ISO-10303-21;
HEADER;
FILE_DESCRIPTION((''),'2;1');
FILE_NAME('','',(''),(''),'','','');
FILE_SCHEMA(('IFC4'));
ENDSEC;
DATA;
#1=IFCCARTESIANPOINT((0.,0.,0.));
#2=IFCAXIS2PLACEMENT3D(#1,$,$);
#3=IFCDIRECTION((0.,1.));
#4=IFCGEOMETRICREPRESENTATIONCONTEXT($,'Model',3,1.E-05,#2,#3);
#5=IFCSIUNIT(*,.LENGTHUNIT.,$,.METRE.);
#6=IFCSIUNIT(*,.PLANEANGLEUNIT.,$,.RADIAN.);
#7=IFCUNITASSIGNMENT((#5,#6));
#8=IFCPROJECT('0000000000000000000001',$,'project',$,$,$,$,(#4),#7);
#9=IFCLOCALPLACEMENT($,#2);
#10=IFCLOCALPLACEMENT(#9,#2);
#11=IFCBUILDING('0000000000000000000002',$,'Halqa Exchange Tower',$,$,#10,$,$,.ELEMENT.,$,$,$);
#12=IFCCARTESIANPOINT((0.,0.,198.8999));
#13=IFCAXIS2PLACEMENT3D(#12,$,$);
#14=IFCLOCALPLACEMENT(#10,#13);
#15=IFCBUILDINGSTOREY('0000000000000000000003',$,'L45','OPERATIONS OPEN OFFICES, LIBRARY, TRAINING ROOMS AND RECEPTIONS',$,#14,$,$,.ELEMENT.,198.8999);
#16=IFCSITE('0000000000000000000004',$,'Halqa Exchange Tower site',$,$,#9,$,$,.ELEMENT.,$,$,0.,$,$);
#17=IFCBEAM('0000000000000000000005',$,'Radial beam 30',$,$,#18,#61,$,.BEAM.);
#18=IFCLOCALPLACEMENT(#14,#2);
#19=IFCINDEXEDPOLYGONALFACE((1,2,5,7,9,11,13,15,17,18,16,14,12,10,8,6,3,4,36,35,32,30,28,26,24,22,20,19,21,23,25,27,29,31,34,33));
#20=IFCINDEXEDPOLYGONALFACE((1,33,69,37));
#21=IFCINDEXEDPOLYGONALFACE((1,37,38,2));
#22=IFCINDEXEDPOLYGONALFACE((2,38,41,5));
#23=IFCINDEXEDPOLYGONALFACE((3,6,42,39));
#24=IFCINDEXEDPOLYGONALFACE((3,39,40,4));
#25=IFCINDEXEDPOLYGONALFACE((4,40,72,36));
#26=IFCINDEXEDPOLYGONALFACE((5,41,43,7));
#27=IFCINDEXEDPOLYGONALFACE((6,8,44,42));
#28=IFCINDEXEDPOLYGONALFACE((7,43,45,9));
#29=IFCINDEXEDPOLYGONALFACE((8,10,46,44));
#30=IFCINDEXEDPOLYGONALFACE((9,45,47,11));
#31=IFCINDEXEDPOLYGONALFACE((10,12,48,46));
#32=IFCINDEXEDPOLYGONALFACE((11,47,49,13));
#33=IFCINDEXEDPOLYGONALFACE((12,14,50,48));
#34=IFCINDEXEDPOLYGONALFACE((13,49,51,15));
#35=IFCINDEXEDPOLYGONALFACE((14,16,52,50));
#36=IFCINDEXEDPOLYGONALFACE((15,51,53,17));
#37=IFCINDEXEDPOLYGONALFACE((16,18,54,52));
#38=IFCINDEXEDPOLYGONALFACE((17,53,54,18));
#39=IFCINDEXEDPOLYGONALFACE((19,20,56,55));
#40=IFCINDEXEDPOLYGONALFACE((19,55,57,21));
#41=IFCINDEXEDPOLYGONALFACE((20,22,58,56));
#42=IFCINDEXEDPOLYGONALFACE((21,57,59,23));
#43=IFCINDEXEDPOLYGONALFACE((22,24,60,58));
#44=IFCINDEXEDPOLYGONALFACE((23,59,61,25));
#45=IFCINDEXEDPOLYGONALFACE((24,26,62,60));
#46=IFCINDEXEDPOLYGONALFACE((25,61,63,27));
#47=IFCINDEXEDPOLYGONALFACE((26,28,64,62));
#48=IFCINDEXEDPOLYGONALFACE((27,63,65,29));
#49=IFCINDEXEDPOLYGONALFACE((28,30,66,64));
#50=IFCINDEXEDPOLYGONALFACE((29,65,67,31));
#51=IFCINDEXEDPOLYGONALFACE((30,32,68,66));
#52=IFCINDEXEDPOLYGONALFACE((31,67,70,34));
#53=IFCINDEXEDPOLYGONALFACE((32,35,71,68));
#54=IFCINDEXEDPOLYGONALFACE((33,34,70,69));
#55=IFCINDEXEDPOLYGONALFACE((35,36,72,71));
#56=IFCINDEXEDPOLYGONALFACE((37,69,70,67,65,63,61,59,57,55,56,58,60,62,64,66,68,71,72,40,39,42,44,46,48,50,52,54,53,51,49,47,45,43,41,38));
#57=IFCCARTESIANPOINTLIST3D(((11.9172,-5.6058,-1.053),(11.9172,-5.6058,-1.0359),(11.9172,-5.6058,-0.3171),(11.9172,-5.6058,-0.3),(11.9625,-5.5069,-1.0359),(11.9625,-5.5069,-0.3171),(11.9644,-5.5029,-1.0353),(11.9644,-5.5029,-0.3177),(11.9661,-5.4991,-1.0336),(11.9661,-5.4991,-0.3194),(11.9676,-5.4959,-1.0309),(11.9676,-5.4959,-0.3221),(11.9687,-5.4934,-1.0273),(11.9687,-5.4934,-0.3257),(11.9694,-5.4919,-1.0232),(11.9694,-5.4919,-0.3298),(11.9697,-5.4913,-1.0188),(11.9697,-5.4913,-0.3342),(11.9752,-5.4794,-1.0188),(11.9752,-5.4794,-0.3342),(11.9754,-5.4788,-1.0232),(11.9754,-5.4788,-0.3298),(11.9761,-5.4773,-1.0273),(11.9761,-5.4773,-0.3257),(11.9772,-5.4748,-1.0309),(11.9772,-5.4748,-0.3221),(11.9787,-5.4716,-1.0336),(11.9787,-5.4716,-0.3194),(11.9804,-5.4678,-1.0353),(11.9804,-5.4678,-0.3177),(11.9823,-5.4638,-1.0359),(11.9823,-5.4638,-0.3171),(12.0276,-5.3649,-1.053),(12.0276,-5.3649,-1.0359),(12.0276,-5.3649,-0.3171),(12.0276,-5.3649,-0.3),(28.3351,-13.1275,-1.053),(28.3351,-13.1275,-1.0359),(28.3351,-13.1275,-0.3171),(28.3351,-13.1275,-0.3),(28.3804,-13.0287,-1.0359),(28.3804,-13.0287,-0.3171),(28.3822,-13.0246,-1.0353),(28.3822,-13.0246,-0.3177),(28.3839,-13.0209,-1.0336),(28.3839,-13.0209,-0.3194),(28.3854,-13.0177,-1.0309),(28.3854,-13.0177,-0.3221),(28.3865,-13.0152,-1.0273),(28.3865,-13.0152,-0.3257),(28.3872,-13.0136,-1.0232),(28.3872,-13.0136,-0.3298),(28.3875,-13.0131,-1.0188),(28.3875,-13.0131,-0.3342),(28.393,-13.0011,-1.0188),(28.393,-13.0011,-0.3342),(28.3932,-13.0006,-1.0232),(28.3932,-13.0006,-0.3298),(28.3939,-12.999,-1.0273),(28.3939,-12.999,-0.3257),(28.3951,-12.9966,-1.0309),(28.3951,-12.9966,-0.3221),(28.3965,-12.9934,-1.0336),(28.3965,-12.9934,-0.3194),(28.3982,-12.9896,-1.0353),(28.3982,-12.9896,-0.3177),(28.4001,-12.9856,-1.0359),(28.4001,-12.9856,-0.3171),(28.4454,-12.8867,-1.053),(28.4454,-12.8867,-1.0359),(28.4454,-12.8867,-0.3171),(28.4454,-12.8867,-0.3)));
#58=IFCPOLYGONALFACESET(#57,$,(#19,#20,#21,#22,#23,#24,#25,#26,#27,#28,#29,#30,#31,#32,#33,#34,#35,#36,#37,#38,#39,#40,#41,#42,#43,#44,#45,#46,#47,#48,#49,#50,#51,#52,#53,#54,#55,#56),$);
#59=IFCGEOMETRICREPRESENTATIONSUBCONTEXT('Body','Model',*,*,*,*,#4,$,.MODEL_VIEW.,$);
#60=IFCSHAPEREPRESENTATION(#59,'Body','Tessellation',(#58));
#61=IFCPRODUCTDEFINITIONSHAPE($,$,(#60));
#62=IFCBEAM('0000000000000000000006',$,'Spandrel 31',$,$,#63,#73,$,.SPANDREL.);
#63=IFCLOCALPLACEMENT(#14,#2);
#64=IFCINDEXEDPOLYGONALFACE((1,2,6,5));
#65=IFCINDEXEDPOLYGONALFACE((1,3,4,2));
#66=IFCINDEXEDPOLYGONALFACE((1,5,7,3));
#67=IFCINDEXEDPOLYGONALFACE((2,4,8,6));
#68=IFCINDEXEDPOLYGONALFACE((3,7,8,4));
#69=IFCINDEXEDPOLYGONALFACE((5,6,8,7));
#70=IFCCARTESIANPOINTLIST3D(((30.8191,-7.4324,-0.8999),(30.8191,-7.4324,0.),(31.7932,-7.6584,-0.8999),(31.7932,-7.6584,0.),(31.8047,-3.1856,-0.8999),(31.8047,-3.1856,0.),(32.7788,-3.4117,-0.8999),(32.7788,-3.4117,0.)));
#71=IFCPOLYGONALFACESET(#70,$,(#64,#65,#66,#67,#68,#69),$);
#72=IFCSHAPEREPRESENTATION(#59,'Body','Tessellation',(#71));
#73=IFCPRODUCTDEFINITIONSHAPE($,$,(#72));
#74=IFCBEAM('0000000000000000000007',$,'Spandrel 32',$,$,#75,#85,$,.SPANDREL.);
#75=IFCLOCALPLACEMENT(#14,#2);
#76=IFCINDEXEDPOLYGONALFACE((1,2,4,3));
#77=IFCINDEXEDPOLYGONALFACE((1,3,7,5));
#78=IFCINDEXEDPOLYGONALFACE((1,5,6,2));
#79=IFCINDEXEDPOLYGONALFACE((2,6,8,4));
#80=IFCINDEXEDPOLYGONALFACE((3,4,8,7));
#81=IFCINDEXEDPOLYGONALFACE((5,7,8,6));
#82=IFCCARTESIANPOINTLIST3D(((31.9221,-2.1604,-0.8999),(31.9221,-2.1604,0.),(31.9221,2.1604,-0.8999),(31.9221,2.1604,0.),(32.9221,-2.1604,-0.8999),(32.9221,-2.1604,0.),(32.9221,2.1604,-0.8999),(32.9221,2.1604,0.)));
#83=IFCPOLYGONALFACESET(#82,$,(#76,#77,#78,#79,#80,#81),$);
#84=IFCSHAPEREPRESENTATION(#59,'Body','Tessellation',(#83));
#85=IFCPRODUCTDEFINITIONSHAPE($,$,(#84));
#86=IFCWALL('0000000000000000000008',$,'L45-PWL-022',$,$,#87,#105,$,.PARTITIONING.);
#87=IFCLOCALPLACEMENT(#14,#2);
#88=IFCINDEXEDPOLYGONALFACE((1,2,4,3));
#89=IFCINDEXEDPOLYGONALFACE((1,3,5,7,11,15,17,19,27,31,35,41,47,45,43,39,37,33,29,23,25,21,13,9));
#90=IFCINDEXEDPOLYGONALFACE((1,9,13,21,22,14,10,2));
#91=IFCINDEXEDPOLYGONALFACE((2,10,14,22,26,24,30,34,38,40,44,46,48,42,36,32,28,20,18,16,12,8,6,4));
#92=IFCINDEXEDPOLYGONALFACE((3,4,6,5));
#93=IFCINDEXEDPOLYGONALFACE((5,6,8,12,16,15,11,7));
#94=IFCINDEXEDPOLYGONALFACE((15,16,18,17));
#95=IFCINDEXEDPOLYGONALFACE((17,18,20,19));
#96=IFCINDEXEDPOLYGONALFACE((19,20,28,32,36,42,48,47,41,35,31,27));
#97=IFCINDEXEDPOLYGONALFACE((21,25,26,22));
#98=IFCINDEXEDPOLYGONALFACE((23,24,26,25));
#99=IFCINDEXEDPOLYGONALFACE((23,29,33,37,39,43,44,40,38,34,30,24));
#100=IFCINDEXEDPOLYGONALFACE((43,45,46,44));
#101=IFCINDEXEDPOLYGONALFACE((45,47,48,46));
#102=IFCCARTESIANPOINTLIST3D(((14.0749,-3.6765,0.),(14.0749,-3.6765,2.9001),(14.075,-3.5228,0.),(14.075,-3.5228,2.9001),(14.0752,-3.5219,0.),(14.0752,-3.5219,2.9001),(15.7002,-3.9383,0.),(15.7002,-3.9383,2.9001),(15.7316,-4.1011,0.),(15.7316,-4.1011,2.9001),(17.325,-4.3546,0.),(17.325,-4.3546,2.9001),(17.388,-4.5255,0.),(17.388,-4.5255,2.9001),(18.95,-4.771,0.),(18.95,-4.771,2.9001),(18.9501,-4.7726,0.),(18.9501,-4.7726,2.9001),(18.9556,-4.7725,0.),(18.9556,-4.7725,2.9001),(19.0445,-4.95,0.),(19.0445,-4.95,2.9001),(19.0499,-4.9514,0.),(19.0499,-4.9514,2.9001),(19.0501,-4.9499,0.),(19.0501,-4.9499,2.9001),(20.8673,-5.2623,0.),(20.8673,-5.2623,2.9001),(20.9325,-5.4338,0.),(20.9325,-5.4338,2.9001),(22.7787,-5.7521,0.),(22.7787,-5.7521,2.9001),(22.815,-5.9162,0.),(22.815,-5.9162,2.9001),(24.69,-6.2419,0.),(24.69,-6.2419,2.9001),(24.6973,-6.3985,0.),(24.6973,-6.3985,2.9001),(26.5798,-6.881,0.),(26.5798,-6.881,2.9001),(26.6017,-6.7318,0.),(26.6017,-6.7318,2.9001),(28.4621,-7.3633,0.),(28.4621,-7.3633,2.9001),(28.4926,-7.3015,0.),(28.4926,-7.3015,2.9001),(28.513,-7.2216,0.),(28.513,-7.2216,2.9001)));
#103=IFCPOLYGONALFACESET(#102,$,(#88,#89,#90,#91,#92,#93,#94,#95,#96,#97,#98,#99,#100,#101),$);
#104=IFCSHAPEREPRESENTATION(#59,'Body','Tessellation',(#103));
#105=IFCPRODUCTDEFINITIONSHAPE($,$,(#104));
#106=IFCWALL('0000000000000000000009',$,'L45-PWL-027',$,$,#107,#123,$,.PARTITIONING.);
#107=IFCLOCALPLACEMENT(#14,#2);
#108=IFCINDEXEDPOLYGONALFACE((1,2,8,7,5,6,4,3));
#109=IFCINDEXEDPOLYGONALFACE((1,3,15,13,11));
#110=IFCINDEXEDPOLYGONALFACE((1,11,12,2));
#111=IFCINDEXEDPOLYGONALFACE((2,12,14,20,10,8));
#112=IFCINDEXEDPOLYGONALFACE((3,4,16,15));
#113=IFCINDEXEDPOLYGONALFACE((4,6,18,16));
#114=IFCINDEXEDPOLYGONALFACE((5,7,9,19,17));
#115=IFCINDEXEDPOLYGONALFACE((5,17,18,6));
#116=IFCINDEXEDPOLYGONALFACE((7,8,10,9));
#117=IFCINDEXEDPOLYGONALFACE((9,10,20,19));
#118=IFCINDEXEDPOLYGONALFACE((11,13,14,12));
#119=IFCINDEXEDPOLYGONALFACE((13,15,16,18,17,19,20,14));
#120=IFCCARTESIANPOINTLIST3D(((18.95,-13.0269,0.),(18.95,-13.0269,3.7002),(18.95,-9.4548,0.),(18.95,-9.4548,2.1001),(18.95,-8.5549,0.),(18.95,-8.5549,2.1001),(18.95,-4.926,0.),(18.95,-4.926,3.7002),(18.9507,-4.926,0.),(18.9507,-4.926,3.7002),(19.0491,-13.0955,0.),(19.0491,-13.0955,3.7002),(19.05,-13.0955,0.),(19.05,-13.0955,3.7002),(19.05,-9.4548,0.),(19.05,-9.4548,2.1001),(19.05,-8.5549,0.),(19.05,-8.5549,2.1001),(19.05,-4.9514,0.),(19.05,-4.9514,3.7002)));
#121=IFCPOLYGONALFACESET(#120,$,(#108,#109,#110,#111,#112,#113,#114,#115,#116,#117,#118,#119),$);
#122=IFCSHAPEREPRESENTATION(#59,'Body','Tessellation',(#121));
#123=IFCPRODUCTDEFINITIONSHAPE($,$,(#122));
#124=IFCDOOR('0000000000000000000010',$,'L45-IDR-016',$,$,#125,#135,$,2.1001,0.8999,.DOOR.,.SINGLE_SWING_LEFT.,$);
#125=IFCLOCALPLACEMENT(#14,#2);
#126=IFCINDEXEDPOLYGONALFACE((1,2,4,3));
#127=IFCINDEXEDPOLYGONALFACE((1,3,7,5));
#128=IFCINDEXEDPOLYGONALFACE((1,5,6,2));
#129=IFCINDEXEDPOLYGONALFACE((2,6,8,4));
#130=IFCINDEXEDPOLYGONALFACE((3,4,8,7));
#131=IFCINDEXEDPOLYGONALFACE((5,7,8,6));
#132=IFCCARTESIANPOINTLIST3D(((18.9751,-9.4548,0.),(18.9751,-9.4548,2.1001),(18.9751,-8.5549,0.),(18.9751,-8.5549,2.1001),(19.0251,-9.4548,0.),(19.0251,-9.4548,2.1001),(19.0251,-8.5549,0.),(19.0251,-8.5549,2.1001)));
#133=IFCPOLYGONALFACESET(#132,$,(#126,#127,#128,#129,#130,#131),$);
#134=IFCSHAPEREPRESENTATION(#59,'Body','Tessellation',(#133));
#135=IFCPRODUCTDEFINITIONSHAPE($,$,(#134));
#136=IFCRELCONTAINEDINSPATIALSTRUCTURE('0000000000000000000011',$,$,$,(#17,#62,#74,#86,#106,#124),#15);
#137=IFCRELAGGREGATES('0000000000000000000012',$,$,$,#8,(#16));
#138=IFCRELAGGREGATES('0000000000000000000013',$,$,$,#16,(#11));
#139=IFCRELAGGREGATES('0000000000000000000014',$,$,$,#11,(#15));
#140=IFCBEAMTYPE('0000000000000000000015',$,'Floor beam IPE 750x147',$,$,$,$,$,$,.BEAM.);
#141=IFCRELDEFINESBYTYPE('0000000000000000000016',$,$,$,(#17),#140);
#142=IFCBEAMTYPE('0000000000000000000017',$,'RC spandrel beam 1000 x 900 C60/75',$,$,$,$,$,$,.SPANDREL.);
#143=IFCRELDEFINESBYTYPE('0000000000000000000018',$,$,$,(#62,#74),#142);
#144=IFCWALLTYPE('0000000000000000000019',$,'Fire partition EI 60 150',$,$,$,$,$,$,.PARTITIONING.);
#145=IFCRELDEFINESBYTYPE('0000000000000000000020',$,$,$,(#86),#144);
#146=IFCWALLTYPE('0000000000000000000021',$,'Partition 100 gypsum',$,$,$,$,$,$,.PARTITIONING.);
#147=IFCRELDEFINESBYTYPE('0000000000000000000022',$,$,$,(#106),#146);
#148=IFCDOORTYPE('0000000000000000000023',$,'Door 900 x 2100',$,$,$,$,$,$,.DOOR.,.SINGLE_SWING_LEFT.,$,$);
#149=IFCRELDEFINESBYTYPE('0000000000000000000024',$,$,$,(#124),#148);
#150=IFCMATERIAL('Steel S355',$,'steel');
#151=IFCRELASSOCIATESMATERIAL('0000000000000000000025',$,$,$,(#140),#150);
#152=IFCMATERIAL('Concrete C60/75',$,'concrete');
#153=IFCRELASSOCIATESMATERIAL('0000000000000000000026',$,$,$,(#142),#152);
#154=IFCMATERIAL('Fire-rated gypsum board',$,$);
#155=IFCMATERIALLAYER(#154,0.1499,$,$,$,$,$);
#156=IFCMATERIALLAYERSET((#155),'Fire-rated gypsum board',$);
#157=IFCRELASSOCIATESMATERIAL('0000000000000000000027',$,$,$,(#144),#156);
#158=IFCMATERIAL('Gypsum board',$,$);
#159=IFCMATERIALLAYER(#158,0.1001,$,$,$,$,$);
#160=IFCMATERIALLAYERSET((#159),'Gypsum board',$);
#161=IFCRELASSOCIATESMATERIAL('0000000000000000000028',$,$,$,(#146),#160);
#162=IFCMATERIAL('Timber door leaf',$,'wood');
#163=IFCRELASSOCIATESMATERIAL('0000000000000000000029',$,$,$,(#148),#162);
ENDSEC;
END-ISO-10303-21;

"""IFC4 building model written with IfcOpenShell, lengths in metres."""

from ifc_helpers import new_model, si_unit, direction, frame, frame_2d, origin, origin_2d, place, context, subcontext, project, spatial, polyline, rectangle, i_section, outline, extrude, material, layer, layer_set, material_profile, profile_set, type_object, element, fill, save


model = new_model("IFC4")

# Units and contexts
model_context = context("Model", 3, precision=1e-05, world=origin(), true_north=direction((0.0, 1.0)))
body_context = subcontext(model_context, "Body", "Model", "MODEL_VIEW")
ifc_project = project(units=[si_unit("LENGTHUNIT", "METRE"), si_unit("PLANEANGLEUNIT", "RADIAN")], contexts=[model_context])

# Site, building, storey
site_placement = place(None, origin())
site = spatial("IfcSite", under=ifc_project, at=site_placement, Name="Halqa Exchange Tower site", CompositionType="ELEMENT", RefElevation=0.0)
building_placement = place(site_placement, origin())
building = spatial("IfcBuilding", under=site, at=building_placement, Name="Halqa Exchange Tower", CompositionType="ELEMENT")
storey_placement = place(building_placement, frame((0.0, 0.0, 198.8999)))
storey = spatial("IfcBuildingStorey", under=building, at=storey_placement, Name="L45", Description="OPERATIONS OPEN OFFICES, LIBRARY, TRAINING ROOMS AND RECEPTIONS", CompositionType="ELEMENT", Elevation=198.8999)

# Shared definitions
ifc_material_1 = material(Name="Concrete C60/75", Category="concrete")

# Beams
ifc_material_2 = material(Name="Steel S355", Category="steel")
ifc_material_profile_1 = material_profile(ifc_material_2, i_section(OverallWidth=0.2649, OverallDepth=0.7529, WebThickness=0.0132, FlangeThickness=0.0171, FilletRadius=0.0171, at=origin_2d()), Name="IPE 750x147")
ifc_profile_set_1 = profile_set([ifc_material_profile_1], Name="Steel S355")
beam_type_1 = type_object("IfcBeamType", Name="Floor beam IPE 750x147", PredefinedType="BEAM", material=ifc_profile_set_1)
beam_1_placement = place(storey_placement, frame((11.9724, -5.4854, -0.6765), z_axis=(0.909129, -0.416515, 0.0), x_axis=(0.416515, 0.909129, 0.0)))
element("IfcBeam", 1, at=beam_1_placement, inside=storey, type_object=beam_type_1, Name="Radial beam 30", PredefinedType="BEAM", context=body_context, shape_type="SweptSolid", body=[
    extrude(i_section(OverallWidth=0.2649, OverallDepth=0.7529, WebThickness=0.0132, FlangeThickness=0.0171, FilletRadius=0.0171, at=origin_2d()), origin(), (0.0, 0.0, 1.0), 18.0588),
])
ifc_material_profile_2 = material_profile(ifc_material_1, rectangle(XDim=1.0, YDim=0.8999, at=origin_2d()), Name="1000 x 900")
ifc_profile_set_2 = profile_set([ifc_material_profile_2], Name="Concrete C60/75")
beam_type_2 = type_object("IfcBeamType", Name="RC spandrel beam 1000 x 900 C60/75", PredefinedType="SPANDREL", material=ifc_profile_set_2)
beam_2_placement = place(storey_placement, frame((31.3062, -7.5454, -0.45), z_axis=(0.22607, 0.974111, 0.0), x_axis=(-0.974111, 0.22607, 0.0)))
element("IfcBeam", 2, at=beam_2_placement, inside=storey, type_object=beam_type_2, Name="Spandrel 31", PredefinedType="SPANDREL", context=body_context, shape_type="SweptSolid", body=[
    extrude(rectangle(XDim=1.0, YDim=0.8999, at=origin_2d()), origin(), (0.0, 0.0, 1.0), 4.3596),
])
beam_3_placement = place(storey_placement, frame((32.4221, -2.1604, -0.45), z_axis=(0.0, 1.0, 0.0), x_axis=(-1.0, 0.0, 0.0)))
element("IfcBeam", 3, at=beam_3_placement, inside=storey, type_object=beam_type_2, Name="Spandrel 32", PredefinedType="SPANDREL", context=body_context, shape_type="SweptSolid", body=[
    extrude(rectangle(XDim=1.0, YDim=0.8999, at=origin_2d()), origin(), (0.0, 0.0, 1.0), 4.3208),
])

# Shared definitions
ifc_material_3 = material(Name="Fire-rated gypsum board")
ifc_layer_1 = layer(ifc_material_3, 0.1499)
ifc_layer_set_1 = layer_set([ifc_layer_1], Name="Fire-rated gypsum board")
wall_type_1 = type_object("IfcWallType", Name="Fire partition EI 60 150", PredefinedType="PARTITIONING", material=ifc_layer_set_1)

# Wall
wall_1_placement = place(storey_placement, frame((14.0566, -3.5945, 0.0), z_axis=(0.0, 0.0, 1.0), x_axis=(0.968701, -0.248232, 0.0)))
element("IfcWall", 4, at=wall_1_placement, inside=storey, type_object=wall_type_1, Name="L45-PWL-022", PredefinedType="PARTITIONING", context=body_context, shape_type="SweptSolid", body=[
    extrude(outline(polyline([(0.0381, -0.075), (1.7483, -0.075), (3.4583, -0.075), (5.1682, -0.075), (5.1736, -0.0735), (5.1738, -0.075), (7.1172, -0.075), (9.0605, -0.075), (11.0037, -0.075), (12.947, -0.075), (14.8901, -0.075), (14.9043, -0.0076), (14.9043, 0.075), (12.9312, 0.075), (10.9578, 0.075), (8.9846, 0.075), (7.0115, 0.075), (5.0381, 0.075), (5.0327, 0.0735), (5.0322, 0.075), (3.3547, 0.075), (1.6775, 0.075), (0.0, 0.075), (0.0, 0.074), (0.0381, -0.075)])), origin(), (0.0, 0.0, 1.0), 2.9001),
])

# Wall, opening, door
ifc_material_4 = material(Name="Gypsum board")
ifc_layer_2 = layer(ifc_material_4, 0.1001)
ifc_layer_set_2 = layer_set([ifc_layer_2], Name="Gypsum board")
wall_type_2 = type_object("IfcWallType", Name="Partition 100 gypsum", PredefinedType="PARTITIONING", material=ifc_layer_set_2)
wall_2_placement = place(storey_placement, frame((19.0, -4.926, 0.0), z_axis=(0.0, 0.0, 1.0), x_axis=(0.0, -1.0, 0.0)))
wall_2 = element("IfcWall", 5, at=wall_2_placement, inside=storey, type_object=wall_type_2, Name="L45-PWL-027", PredefinedType="PARTITIONING", context=body_context, shape_type="SweptSolid", body=[
    extrude(outline(polyline([(0.0, -0.05), (1.6201, -0.05), (3.2402, -0.05), (4.8604, -0.05), (6.4807, -0.05), (8.1008, -0.05), (8.1694, 0.0491), (8.1694, 0.05), (6.5405, 0.05), (4.9119, 0.05), (3.283, 0.05), (1.6543, 0.05), (0.0254, 0.05), (0.0, -0.0493), (0.0, -0.05)])), origin(), (0.0, 0.0, 1.0), 3.7002),
])
opening_1_placement = place(wall_2_placement, frame((3.6289, 0.0, 0.0)))
opening_1 = element("IfcOpeningElement", 6, at=opening_1_placement, cuts=wall_2, PredefinedType="OPENING", context=body_context, shape_type="SweptSolid", body=[
    extrude(rectangle(XDim=0.8999, YDim=2.1001, at=frame_2d((0.45, 1.05))), frame((0.0, 0.062, 0.0), z_axis=(0.0, -1.0, 0.0), x_axis=(1.0, 0.0, 0.0)), (0.0, 0.0, 1.0), 0.124),
])
ifc_material_5 = material(Name="Timber door leaf", Category="wood")
door_type_1 = type_object("IfcDoorType", Name="Door 900 x 2100", OperationType="SINGLE_SWING_LEFT", PredefinedType="DOOR", material=ifc_material_5)
door_1_placement = place(opening_1_placement, frame((0.8999, 0.0, 0.0), z_axis=(0.0, 0.0, 1.0), x_axis=(-1.0, 0.0, 0.0)))
door_1 = element("IfcDoor", 7, at=door_1_placement, inside=storey, type_object=door_type_1, Name="L45-IDR-016", OperationType="SINGLE_SWING_LEFT", OverallHeight=2.1001, OverallWidth=0.8999, PredefinedType="DOOR", context=body_context, shape_type="SweptSolid", body=[
    extrude(rectangle(XDim=0.8999, YDim=2.1001, at=frame_2d((0.45, 1.05))), frame((0.0, 0.0249, 0.0), z_axis=(0.0, -1.0, 0.0), x_axis=(1.0, 0.0, 0.0)), (0.0, 0.0, 1.0), 0.05),
])
fill(opening_1, door_1)

save(model, "model.ifc")
